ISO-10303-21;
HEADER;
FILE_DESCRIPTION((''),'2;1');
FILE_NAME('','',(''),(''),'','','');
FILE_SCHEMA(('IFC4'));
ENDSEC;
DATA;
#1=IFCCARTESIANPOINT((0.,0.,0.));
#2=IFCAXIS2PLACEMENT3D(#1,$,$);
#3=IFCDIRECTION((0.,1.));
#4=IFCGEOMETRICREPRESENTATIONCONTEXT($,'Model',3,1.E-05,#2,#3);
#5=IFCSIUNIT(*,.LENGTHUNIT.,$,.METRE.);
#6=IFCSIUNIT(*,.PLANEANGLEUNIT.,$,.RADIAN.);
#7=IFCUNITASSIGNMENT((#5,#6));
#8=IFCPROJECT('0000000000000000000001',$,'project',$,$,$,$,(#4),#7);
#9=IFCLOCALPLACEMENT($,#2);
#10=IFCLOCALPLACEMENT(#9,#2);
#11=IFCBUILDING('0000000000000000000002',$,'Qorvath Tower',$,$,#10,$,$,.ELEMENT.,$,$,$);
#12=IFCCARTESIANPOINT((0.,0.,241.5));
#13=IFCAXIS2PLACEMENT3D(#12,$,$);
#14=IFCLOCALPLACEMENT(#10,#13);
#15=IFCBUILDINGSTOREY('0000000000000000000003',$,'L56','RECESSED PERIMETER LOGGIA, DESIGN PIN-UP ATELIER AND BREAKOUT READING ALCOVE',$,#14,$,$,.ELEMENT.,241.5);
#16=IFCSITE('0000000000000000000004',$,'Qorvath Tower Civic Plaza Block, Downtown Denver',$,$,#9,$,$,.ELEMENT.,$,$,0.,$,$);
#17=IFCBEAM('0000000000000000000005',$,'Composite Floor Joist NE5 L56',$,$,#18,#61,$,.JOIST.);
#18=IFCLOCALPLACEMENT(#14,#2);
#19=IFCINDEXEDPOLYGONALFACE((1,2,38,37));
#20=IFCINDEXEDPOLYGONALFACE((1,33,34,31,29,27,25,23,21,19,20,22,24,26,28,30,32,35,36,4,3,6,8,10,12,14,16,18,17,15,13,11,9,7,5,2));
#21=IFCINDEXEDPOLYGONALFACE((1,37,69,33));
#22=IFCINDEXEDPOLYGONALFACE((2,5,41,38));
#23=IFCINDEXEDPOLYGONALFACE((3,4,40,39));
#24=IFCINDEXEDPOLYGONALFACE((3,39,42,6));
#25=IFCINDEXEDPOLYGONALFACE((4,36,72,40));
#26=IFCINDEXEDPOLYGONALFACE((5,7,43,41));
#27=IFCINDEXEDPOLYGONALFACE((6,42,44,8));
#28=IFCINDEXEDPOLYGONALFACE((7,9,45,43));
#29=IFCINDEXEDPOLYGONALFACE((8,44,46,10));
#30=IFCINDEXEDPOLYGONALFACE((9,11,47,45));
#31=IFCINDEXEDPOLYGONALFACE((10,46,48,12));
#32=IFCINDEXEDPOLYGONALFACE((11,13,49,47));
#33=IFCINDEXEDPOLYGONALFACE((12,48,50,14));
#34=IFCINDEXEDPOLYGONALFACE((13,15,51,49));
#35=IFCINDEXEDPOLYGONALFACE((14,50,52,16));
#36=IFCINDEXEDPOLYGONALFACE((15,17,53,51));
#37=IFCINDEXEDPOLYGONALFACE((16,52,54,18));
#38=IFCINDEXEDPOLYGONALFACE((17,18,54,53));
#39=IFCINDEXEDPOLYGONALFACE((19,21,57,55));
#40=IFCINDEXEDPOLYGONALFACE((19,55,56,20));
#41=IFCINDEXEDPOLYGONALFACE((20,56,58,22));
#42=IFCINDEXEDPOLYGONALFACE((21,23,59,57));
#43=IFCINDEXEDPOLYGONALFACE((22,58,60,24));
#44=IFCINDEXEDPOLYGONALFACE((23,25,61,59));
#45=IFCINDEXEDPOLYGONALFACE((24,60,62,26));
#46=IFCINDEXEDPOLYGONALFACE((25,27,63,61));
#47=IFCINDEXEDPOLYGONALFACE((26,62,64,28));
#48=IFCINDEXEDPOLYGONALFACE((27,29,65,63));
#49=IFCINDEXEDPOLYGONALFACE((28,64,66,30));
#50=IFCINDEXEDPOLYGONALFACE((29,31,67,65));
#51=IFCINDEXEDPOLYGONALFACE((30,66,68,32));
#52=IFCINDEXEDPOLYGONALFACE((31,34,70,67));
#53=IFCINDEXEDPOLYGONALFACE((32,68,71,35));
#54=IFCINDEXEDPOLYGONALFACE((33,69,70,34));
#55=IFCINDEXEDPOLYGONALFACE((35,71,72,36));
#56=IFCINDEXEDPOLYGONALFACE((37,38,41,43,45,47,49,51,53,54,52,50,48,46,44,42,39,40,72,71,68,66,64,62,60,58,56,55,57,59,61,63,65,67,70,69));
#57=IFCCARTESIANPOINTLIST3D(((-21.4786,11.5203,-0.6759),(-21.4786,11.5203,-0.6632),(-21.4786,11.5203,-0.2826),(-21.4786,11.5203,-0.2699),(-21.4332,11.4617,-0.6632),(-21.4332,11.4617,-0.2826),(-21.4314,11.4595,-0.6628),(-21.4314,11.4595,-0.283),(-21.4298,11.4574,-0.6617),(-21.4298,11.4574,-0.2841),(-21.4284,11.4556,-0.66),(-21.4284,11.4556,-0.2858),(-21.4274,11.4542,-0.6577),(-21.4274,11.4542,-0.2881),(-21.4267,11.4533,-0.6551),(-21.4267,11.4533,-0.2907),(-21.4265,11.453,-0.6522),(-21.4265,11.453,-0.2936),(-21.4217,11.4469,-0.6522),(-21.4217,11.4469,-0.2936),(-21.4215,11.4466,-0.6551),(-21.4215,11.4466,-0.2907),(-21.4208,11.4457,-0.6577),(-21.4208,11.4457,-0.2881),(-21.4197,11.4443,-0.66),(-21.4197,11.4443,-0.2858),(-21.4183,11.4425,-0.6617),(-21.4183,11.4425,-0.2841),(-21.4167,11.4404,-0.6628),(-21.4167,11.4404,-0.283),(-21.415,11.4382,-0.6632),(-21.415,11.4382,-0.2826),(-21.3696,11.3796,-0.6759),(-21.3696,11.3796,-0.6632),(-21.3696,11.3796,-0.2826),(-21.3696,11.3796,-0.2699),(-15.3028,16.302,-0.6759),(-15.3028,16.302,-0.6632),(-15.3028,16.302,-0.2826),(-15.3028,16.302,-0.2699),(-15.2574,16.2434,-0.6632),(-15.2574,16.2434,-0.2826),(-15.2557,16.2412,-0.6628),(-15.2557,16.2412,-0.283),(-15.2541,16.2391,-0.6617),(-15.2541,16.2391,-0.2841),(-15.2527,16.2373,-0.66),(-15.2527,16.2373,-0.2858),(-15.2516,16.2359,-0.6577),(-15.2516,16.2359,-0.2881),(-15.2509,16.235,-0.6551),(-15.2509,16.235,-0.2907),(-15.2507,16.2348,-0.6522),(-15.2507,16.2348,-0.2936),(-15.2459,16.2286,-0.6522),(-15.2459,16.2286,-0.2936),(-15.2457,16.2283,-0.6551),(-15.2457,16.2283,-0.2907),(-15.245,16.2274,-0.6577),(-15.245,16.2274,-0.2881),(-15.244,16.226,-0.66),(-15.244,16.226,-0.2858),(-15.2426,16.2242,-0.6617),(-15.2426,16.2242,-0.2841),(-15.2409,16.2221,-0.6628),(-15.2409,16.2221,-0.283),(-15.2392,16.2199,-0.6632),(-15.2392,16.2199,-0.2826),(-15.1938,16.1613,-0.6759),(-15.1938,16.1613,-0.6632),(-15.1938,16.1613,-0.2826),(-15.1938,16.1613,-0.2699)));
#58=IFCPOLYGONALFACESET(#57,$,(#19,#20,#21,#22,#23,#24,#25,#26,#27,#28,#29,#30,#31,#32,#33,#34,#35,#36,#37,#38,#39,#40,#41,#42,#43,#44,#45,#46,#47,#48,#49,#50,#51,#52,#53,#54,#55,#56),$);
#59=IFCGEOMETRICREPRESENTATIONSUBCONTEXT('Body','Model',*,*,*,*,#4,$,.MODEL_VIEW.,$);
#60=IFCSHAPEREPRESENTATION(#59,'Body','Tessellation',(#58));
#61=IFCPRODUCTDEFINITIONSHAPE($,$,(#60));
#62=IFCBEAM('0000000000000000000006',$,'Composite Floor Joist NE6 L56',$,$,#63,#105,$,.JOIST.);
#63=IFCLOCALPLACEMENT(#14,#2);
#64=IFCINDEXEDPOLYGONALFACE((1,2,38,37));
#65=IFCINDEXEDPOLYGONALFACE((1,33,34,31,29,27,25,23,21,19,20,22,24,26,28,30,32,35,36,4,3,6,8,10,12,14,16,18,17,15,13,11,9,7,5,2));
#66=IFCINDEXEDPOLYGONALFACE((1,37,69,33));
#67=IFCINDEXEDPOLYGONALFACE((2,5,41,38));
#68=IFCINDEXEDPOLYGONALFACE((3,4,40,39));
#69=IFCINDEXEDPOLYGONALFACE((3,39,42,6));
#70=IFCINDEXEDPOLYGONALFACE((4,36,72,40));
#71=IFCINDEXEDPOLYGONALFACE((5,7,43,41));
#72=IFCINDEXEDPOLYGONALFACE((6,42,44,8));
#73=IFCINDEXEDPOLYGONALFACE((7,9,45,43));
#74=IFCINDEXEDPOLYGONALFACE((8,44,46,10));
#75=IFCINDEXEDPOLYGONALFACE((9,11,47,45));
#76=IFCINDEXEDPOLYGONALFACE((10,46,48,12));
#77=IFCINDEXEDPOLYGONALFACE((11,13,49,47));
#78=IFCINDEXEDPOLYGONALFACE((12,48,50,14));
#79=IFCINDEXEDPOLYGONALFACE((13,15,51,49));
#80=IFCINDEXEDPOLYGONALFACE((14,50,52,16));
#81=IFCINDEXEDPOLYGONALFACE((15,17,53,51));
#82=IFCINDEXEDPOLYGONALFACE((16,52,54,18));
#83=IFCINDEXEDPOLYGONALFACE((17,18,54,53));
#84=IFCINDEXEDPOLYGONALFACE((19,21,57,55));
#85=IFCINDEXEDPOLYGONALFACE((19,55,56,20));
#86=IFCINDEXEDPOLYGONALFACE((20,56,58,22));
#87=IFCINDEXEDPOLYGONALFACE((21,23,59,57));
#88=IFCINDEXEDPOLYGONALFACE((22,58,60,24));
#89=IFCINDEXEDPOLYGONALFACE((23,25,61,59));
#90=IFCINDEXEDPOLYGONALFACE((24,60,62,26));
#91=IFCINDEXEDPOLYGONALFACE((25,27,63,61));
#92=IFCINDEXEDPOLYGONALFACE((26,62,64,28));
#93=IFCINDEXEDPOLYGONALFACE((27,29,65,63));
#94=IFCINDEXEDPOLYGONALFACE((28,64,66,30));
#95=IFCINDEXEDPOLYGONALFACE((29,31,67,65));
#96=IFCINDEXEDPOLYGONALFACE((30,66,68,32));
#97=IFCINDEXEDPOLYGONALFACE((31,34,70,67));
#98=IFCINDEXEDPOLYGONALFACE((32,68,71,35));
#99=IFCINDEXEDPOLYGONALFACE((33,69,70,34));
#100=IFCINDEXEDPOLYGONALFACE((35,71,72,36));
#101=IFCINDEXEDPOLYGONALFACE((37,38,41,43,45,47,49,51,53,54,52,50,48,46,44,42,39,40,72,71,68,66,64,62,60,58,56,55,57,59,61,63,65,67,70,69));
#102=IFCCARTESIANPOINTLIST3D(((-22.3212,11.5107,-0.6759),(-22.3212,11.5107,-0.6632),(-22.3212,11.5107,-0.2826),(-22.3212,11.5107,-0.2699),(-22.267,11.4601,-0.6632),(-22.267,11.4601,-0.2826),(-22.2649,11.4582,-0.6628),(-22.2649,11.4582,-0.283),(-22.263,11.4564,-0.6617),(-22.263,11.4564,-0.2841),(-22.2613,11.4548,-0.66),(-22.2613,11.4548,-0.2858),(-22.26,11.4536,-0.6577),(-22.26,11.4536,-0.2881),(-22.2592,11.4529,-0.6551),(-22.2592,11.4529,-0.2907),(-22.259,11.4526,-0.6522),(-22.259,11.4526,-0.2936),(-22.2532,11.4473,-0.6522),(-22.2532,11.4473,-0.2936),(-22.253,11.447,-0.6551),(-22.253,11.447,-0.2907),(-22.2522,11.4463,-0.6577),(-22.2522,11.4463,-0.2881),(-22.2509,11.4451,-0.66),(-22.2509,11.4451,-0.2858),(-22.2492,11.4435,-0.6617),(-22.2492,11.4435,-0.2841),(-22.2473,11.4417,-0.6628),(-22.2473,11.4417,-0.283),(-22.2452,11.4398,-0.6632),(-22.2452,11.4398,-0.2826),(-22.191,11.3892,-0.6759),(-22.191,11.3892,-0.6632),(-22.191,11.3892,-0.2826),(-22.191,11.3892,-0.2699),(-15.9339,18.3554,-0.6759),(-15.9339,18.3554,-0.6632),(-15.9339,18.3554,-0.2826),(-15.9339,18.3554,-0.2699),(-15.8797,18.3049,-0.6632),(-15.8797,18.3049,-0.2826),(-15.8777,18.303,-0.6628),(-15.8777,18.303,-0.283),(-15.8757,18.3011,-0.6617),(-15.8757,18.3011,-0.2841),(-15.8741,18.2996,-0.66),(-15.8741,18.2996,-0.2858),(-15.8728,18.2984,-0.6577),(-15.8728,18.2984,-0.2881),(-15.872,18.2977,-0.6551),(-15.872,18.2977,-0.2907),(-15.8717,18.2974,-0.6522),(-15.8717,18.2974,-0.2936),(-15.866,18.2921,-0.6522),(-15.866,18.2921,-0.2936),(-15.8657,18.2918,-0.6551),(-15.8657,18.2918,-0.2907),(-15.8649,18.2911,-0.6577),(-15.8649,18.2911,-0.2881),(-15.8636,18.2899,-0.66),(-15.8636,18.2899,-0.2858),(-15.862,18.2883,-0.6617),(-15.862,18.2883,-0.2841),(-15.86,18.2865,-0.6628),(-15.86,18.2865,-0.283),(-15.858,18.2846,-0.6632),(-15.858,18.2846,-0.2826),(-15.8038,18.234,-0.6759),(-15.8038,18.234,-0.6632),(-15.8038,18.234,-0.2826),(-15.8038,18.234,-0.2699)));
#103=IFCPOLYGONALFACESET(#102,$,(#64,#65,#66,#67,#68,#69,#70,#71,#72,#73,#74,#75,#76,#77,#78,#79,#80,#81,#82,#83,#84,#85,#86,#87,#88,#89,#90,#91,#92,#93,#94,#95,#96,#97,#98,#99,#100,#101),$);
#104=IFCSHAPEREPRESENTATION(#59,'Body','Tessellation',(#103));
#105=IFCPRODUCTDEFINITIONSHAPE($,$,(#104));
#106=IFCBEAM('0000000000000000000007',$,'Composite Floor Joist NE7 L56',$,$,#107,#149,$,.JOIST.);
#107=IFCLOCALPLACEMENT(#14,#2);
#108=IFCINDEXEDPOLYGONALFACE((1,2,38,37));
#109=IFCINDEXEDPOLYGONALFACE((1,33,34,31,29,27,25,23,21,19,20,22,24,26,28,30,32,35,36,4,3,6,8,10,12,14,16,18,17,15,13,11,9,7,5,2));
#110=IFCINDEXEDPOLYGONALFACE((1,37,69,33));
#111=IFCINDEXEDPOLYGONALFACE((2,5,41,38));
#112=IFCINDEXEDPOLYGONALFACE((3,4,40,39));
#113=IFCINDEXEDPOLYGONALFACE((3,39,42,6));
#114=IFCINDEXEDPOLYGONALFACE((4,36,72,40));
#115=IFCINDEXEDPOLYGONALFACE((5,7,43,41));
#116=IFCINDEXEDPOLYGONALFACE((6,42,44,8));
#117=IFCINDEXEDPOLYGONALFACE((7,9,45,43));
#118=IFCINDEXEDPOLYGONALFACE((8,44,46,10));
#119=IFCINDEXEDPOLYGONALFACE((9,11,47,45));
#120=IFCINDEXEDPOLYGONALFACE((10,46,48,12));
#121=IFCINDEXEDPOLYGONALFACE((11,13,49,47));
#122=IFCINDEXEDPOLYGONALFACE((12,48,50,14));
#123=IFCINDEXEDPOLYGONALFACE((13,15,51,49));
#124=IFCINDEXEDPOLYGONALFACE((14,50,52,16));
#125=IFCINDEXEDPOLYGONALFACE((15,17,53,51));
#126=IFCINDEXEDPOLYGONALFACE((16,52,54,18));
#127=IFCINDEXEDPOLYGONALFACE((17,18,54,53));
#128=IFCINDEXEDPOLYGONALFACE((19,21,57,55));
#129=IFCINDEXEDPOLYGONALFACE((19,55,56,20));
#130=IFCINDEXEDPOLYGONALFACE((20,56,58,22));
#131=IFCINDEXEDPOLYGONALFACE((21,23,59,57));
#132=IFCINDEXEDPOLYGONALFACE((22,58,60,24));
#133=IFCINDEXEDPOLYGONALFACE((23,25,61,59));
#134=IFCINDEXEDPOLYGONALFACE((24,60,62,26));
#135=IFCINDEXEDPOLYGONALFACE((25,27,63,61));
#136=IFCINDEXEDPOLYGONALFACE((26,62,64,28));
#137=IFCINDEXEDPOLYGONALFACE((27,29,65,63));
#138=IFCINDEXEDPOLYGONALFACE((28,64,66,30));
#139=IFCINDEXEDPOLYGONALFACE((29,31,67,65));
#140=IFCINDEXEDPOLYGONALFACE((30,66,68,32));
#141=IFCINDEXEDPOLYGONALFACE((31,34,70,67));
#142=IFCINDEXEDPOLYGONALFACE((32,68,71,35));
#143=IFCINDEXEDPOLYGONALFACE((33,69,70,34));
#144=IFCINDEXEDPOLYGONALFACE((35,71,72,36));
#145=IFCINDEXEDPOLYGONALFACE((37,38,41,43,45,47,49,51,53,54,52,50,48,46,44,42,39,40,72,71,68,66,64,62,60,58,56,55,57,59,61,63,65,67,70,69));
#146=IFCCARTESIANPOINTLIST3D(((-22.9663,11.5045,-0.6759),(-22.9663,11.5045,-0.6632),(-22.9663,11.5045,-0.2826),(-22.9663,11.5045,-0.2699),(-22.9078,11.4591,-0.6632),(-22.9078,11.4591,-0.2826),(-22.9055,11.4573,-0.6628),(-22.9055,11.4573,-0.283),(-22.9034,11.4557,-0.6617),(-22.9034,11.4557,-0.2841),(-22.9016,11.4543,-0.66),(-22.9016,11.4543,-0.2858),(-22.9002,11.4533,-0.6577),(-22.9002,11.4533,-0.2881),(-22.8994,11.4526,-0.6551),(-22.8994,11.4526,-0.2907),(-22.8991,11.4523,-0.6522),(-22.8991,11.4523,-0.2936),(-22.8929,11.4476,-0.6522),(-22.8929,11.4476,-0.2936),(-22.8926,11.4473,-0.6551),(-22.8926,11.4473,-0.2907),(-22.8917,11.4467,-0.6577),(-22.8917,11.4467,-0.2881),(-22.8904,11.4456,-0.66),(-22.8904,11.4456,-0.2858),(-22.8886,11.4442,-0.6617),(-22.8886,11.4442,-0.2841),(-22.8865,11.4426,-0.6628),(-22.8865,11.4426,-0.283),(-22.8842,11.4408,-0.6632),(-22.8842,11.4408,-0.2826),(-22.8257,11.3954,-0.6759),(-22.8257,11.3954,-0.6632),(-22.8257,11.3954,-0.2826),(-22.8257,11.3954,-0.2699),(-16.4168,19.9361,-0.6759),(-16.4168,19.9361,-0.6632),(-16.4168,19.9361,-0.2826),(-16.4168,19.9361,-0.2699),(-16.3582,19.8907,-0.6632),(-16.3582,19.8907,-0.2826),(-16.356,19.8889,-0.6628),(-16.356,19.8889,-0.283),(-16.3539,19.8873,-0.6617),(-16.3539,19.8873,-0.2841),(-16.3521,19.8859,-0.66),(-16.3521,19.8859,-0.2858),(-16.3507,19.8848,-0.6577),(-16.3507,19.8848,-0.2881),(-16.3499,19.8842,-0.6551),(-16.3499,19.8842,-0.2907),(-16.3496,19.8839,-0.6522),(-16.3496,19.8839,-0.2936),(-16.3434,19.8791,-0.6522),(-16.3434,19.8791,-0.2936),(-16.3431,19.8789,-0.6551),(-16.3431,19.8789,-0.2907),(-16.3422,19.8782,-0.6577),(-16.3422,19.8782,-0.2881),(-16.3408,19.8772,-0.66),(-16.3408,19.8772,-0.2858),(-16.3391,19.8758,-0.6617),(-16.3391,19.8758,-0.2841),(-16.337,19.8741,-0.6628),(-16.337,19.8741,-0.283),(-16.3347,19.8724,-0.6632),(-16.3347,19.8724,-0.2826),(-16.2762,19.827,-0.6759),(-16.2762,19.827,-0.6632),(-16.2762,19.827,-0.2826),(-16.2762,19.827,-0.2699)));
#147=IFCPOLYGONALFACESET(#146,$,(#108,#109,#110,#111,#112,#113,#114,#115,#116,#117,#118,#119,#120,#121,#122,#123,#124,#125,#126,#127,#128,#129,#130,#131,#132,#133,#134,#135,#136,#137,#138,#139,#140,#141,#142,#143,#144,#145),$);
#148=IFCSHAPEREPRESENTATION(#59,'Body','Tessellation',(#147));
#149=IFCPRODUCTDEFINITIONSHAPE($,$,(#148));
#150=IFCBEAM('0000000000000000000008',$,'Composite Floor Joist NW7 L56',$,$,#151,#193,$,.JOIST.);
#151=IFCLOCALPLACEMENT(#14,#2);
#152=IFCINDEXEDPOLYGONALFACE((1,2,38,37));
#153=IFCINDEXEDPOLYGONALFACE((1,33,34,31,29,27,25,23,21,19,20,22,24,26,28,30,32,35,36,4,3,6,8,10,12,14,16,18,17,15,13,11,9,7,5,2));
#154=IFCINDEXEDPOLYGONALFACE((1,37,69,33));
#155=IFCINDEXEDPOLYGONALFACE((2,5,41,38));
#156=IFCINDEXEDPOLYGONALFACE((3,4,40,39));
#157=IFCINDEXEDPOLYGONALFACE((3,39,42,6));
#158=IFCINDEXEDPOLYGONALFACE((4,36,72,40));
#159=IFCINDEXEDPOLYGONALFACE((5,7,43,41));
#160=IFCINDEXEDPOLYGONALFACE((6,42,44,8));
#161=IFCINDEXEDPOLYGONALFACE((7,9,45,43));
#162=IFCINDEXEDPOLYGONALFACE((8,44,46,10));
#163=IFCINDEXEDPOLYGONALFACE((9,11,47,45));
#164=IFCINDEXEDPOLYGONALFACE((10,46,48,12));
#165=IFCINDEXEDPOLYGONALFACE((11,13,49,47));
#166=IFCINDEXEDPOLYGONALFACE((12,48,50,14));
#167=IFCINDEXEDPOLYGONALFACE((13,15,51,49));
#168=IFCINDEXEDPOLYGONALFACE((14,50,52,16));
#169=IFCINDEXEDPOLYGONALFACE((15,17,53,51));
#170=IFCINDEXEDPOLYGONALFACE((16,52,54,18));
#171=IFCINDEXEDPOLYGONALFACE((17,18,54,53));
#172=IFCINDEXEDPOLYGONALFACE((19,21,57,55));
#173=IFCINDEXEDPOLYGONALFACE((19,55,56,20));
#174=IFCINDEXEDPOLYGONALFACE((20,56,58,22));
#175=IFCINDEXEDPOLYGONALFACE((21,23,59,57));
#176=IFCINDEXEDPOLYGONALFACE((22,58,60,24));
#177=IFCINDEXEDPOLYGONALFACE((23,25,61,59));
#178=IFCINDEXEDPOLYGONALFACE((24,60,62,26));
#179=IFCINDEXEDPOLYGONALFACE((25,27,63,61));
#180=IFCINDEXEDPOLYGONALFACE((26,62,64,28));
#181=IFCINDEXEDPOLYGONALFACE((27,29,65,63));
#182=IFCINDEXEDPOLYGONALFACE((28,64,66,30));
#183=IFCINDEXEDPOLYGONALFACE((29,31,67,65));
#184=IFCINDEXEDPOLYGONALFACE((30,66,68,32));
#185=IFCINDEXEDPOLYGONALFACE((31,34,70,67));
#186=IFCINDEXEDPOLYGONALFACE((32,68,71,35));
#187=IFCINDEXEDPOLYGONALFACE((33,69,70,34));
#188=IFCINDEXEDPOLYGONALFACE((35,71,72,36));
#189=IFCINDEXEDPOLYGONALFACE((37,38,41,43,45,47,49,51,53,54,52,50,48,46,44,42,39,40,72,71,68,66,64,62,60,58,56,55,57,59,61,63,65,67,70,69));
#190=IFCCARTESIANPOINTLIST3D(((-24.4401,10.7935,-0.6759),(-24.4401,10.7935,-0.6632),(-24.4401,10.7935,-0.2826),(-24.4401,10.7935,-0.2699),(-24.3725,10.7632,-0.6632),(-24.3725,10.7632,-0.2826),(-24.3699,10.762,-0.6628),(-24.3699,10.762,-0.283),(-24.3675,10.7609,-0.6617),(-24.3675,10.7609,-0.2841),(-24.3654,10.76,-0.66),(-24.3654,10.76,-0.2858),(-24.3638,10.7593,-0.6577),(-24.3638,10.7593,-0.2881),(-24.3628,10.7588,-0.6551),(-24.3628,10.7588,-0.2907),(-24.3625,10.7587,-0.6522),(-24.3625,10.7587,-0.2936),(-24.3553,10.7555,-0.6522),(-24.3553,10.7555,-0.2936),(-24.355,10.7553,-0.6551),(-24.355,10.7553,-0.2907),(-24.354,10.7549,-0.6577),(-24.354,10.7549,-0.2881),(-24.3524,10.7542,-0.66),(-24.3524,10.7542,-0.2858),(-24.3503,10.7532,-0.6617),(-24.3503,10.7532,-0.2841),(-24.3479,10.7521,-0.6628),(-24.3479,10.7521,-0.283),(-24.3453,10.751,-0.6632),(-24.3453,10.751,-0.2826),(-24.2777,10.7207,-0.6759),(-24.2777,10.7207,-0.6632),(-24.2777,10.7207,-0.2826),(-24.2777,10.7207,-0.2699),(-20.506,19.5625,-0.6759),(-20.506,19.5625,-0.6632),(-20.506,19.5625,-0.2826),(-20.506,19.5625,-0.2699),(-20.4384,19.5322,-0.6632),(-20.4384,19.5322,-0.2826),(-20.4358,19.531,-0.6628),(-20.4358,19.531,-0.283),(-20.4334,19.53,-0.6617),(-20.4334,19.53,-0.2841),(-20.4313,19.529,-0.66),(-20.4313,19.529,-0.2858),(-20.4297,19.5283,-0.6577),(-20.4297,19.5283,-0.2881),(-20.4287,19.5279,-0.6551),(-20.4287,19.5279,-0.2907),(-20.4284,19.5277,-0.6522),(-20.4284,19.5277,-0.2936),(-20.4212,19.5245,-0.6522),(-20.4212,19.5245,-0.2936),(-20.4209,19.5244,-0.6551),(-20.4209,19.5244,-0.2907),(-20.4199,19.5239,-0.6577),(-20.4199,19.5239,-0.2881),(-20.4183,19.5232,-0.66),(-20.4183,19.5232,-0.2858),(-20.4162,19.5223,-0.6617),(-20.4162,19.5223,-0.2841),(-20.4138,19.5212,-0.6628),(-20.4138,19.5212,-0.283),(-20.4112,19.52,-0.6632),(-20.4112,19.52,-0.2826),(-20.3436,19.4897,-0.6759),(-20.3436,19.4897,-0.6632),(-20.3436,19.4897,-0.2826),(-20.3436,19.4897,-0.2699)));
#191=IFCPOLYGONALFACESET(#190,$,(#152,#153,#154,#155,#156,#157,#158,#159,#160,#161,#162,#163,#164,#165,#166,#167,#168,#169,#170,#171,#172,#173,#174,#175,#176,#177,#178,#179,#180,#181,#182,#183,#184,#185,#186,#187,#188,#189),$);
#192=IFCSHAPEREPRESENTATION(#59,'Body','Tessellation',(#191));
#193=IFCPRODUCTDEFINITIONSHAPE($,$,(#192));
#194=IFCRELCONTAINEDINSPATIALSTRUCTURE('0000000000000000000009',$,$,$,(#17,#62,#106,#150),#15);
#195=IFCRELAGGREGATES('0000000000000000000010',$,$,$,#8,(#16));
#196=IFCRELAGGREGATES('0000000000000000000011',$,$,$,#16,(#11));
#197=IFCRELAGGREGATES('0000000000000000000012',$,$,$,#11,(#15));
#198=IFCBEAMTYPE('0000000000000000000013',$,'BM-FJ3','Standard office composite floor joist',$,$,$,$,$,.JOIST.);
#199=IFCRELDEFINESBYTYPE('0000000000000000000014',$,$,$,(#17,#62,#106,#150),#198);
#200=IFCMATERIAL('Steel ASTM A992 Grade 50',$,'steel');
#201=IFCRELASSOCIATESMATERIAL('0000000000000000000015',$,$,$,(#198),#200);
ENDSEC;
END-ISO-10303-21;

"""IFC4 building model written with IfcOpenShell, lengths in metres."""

from ifc_helpers import new_model, si_unit, direction, frame, origin, origin_2d, place, context, subcontext, project, spatial, i_section, extrude, material, material_profile, profile_set, type_object, element, save


model = new_model("IFC4")

# Units and contexts
model_context = context("Model", 3, precision=1e-05, world=origin(), true_north=direction((0.0, 1.0)))
body_context = subcontext(model_context, "Body", "Model", "MODEL_VIEW")
ifc_project = project(units=[si_unit("LENGTHUNIT", "METRE"), si_unit("PLANEANGLEUNIT", "RADIAN")], contexts=[model_context])

# Site, building, storey
site_placement = place(None, origin())
site = spatial("IfcSite", under=ifc_project, at=site_placement, Name="Qorvath Tower Civic Plaza Block, Downtown Denver", CompositionType="ELEMENT", RefElevation=0.0)
building_placement = place(site_placement, origin())
building = spatial("IfcBuilding", under=site, at=building_placement, Name="Qorvath Tower", CompositionType="ELEMENT")
storey_placement = place(building_placement, frame((0.0, 0.0, 241.5)))
storey = spatial("IfcBuildingStorey", under=building, at=storey_placement, Name="L56", Description="RECESSED PERIMETER LOGGIA, DESIGN PIN-UP ATELIER AND BREAKOUT READING ALCOVE", CompositionType="ELEMENT", Elevation=241.5)

# Beams
ifc_material_1 = material(Name="Steel ASTM A992 Grade 50", Category="steel")
ifc_material_profile_1 = material_profile(ifc_material_1, i_section(OverallWidth=0.178, OverallDepth=0.406, WebThickness=0.0078, FlangeThickness=0.0127, FilletRadius=0.011, at=origin_2d()), Name="W16x40")
ifc_profile_set_1 = profile_set([ifc_material_profile_1], Name="Steel ASTM A992 Grade 50")
beam_type_1 = type_object("IfcBeamType", Name="BM-FJ3", Description="Standard office composite floor joist", PredefinedType="JOIST", material=ifc_profile_set_1)
beam_1_placement = place(storey_placement, frame((-21.4241, 11.45, -0.4729), z_axis=(0.790693, 0.612212, 0.0), x_axis=(-0.612212, 0.790693, 0.0)))
element("IfcBeam", 1, at=beam_1_placement, inside=storey, type_object=beam_type_1, Name="Composite Floor Joist NE5 L56", PredefinedType="JOIST", context=body_context, shape_type="SweptSolid", body=[
    extrude(i_section(OverallWidth=0.178, OverallDepth=0.406, WebThickness=0.0078, FlangeThickness=0.0127, FilletRadius=0.011, at=origin_2d()), origin(), (0.0, 0.0, 1.0), 7.8105),
])
beam_2_placement = place(storey_placement, frame((-22.2561, 11.45, -0.4729), z_axis=(0.682249, 0.731119, 0.0), x_axis=(-0.731119, 0.682249, 0.0)))
element("IfcBeam", 2, at=beam_2_placement, inside=storey, type_object=beam_type_1, Name="Composite Floor Joist NE6 L56", PredefinedType="JOIST", context=body_context, shape_type="SweptSolid", body=[
    extrude(i_section(OverallWidth=0.178, OverallDepth=0.406, WebThickness=0.0078, FlangeThickness=0.0127, FilletRadius=0.011, at=origin_2d()), origin(), (0.0, 0.0, 1.0), 9.3621),
])
beam_3_placement = place(storey_placement, frame((-22.896, 11.45, -0.4729), z_axis=(0.613451, 0.789733, 0.0), x_axis=(-0.789733, 0.613451, 0.0)))
element("IfcBeam", 3, at=beam_3_placement, inside=storey, type_object=beam_type_1, Name="Composite Floor Joist NE7 L56", PredefinedType="JOIST", context=body_context, shape_type="SweptSolid", body=[
    extrude(i_section(OverallWidth=0.178, OverallDepth=0.406, WebThickness=0.0078, FlangeThickness=0.0127, FilletRadius=0.011, at=origin_2d()), origin(), (0.0, 0.0, 1.0), 10.6765),
])
beam_4_placement = place(storey_placement, frame((-24.3589, 10.7571, -0.4729), z_axis=(0.409327, 0.912388, 0.0), x_axis=(-0.912388, 0.409327, 0.0)))
element("IfcBeam", 4, at=beam_4_placement, inside=storey, type_object=beam_type_1, Name="Composite Floor Joist NW7 L56", PredefinedType="JOIST", context=body_context, shape_type="SweptSolid", body=[
    extrude(i_section(OverallWidth=0.178, OverallDepth=0.406, WebThickness=0.0078, FlangeThickness=0.0127, FilletRadius=0.011, at=origin_2d()), origin(), (0.0, 0.0, 1.0), 9.6111),
])

save(model, "model.ifc")
